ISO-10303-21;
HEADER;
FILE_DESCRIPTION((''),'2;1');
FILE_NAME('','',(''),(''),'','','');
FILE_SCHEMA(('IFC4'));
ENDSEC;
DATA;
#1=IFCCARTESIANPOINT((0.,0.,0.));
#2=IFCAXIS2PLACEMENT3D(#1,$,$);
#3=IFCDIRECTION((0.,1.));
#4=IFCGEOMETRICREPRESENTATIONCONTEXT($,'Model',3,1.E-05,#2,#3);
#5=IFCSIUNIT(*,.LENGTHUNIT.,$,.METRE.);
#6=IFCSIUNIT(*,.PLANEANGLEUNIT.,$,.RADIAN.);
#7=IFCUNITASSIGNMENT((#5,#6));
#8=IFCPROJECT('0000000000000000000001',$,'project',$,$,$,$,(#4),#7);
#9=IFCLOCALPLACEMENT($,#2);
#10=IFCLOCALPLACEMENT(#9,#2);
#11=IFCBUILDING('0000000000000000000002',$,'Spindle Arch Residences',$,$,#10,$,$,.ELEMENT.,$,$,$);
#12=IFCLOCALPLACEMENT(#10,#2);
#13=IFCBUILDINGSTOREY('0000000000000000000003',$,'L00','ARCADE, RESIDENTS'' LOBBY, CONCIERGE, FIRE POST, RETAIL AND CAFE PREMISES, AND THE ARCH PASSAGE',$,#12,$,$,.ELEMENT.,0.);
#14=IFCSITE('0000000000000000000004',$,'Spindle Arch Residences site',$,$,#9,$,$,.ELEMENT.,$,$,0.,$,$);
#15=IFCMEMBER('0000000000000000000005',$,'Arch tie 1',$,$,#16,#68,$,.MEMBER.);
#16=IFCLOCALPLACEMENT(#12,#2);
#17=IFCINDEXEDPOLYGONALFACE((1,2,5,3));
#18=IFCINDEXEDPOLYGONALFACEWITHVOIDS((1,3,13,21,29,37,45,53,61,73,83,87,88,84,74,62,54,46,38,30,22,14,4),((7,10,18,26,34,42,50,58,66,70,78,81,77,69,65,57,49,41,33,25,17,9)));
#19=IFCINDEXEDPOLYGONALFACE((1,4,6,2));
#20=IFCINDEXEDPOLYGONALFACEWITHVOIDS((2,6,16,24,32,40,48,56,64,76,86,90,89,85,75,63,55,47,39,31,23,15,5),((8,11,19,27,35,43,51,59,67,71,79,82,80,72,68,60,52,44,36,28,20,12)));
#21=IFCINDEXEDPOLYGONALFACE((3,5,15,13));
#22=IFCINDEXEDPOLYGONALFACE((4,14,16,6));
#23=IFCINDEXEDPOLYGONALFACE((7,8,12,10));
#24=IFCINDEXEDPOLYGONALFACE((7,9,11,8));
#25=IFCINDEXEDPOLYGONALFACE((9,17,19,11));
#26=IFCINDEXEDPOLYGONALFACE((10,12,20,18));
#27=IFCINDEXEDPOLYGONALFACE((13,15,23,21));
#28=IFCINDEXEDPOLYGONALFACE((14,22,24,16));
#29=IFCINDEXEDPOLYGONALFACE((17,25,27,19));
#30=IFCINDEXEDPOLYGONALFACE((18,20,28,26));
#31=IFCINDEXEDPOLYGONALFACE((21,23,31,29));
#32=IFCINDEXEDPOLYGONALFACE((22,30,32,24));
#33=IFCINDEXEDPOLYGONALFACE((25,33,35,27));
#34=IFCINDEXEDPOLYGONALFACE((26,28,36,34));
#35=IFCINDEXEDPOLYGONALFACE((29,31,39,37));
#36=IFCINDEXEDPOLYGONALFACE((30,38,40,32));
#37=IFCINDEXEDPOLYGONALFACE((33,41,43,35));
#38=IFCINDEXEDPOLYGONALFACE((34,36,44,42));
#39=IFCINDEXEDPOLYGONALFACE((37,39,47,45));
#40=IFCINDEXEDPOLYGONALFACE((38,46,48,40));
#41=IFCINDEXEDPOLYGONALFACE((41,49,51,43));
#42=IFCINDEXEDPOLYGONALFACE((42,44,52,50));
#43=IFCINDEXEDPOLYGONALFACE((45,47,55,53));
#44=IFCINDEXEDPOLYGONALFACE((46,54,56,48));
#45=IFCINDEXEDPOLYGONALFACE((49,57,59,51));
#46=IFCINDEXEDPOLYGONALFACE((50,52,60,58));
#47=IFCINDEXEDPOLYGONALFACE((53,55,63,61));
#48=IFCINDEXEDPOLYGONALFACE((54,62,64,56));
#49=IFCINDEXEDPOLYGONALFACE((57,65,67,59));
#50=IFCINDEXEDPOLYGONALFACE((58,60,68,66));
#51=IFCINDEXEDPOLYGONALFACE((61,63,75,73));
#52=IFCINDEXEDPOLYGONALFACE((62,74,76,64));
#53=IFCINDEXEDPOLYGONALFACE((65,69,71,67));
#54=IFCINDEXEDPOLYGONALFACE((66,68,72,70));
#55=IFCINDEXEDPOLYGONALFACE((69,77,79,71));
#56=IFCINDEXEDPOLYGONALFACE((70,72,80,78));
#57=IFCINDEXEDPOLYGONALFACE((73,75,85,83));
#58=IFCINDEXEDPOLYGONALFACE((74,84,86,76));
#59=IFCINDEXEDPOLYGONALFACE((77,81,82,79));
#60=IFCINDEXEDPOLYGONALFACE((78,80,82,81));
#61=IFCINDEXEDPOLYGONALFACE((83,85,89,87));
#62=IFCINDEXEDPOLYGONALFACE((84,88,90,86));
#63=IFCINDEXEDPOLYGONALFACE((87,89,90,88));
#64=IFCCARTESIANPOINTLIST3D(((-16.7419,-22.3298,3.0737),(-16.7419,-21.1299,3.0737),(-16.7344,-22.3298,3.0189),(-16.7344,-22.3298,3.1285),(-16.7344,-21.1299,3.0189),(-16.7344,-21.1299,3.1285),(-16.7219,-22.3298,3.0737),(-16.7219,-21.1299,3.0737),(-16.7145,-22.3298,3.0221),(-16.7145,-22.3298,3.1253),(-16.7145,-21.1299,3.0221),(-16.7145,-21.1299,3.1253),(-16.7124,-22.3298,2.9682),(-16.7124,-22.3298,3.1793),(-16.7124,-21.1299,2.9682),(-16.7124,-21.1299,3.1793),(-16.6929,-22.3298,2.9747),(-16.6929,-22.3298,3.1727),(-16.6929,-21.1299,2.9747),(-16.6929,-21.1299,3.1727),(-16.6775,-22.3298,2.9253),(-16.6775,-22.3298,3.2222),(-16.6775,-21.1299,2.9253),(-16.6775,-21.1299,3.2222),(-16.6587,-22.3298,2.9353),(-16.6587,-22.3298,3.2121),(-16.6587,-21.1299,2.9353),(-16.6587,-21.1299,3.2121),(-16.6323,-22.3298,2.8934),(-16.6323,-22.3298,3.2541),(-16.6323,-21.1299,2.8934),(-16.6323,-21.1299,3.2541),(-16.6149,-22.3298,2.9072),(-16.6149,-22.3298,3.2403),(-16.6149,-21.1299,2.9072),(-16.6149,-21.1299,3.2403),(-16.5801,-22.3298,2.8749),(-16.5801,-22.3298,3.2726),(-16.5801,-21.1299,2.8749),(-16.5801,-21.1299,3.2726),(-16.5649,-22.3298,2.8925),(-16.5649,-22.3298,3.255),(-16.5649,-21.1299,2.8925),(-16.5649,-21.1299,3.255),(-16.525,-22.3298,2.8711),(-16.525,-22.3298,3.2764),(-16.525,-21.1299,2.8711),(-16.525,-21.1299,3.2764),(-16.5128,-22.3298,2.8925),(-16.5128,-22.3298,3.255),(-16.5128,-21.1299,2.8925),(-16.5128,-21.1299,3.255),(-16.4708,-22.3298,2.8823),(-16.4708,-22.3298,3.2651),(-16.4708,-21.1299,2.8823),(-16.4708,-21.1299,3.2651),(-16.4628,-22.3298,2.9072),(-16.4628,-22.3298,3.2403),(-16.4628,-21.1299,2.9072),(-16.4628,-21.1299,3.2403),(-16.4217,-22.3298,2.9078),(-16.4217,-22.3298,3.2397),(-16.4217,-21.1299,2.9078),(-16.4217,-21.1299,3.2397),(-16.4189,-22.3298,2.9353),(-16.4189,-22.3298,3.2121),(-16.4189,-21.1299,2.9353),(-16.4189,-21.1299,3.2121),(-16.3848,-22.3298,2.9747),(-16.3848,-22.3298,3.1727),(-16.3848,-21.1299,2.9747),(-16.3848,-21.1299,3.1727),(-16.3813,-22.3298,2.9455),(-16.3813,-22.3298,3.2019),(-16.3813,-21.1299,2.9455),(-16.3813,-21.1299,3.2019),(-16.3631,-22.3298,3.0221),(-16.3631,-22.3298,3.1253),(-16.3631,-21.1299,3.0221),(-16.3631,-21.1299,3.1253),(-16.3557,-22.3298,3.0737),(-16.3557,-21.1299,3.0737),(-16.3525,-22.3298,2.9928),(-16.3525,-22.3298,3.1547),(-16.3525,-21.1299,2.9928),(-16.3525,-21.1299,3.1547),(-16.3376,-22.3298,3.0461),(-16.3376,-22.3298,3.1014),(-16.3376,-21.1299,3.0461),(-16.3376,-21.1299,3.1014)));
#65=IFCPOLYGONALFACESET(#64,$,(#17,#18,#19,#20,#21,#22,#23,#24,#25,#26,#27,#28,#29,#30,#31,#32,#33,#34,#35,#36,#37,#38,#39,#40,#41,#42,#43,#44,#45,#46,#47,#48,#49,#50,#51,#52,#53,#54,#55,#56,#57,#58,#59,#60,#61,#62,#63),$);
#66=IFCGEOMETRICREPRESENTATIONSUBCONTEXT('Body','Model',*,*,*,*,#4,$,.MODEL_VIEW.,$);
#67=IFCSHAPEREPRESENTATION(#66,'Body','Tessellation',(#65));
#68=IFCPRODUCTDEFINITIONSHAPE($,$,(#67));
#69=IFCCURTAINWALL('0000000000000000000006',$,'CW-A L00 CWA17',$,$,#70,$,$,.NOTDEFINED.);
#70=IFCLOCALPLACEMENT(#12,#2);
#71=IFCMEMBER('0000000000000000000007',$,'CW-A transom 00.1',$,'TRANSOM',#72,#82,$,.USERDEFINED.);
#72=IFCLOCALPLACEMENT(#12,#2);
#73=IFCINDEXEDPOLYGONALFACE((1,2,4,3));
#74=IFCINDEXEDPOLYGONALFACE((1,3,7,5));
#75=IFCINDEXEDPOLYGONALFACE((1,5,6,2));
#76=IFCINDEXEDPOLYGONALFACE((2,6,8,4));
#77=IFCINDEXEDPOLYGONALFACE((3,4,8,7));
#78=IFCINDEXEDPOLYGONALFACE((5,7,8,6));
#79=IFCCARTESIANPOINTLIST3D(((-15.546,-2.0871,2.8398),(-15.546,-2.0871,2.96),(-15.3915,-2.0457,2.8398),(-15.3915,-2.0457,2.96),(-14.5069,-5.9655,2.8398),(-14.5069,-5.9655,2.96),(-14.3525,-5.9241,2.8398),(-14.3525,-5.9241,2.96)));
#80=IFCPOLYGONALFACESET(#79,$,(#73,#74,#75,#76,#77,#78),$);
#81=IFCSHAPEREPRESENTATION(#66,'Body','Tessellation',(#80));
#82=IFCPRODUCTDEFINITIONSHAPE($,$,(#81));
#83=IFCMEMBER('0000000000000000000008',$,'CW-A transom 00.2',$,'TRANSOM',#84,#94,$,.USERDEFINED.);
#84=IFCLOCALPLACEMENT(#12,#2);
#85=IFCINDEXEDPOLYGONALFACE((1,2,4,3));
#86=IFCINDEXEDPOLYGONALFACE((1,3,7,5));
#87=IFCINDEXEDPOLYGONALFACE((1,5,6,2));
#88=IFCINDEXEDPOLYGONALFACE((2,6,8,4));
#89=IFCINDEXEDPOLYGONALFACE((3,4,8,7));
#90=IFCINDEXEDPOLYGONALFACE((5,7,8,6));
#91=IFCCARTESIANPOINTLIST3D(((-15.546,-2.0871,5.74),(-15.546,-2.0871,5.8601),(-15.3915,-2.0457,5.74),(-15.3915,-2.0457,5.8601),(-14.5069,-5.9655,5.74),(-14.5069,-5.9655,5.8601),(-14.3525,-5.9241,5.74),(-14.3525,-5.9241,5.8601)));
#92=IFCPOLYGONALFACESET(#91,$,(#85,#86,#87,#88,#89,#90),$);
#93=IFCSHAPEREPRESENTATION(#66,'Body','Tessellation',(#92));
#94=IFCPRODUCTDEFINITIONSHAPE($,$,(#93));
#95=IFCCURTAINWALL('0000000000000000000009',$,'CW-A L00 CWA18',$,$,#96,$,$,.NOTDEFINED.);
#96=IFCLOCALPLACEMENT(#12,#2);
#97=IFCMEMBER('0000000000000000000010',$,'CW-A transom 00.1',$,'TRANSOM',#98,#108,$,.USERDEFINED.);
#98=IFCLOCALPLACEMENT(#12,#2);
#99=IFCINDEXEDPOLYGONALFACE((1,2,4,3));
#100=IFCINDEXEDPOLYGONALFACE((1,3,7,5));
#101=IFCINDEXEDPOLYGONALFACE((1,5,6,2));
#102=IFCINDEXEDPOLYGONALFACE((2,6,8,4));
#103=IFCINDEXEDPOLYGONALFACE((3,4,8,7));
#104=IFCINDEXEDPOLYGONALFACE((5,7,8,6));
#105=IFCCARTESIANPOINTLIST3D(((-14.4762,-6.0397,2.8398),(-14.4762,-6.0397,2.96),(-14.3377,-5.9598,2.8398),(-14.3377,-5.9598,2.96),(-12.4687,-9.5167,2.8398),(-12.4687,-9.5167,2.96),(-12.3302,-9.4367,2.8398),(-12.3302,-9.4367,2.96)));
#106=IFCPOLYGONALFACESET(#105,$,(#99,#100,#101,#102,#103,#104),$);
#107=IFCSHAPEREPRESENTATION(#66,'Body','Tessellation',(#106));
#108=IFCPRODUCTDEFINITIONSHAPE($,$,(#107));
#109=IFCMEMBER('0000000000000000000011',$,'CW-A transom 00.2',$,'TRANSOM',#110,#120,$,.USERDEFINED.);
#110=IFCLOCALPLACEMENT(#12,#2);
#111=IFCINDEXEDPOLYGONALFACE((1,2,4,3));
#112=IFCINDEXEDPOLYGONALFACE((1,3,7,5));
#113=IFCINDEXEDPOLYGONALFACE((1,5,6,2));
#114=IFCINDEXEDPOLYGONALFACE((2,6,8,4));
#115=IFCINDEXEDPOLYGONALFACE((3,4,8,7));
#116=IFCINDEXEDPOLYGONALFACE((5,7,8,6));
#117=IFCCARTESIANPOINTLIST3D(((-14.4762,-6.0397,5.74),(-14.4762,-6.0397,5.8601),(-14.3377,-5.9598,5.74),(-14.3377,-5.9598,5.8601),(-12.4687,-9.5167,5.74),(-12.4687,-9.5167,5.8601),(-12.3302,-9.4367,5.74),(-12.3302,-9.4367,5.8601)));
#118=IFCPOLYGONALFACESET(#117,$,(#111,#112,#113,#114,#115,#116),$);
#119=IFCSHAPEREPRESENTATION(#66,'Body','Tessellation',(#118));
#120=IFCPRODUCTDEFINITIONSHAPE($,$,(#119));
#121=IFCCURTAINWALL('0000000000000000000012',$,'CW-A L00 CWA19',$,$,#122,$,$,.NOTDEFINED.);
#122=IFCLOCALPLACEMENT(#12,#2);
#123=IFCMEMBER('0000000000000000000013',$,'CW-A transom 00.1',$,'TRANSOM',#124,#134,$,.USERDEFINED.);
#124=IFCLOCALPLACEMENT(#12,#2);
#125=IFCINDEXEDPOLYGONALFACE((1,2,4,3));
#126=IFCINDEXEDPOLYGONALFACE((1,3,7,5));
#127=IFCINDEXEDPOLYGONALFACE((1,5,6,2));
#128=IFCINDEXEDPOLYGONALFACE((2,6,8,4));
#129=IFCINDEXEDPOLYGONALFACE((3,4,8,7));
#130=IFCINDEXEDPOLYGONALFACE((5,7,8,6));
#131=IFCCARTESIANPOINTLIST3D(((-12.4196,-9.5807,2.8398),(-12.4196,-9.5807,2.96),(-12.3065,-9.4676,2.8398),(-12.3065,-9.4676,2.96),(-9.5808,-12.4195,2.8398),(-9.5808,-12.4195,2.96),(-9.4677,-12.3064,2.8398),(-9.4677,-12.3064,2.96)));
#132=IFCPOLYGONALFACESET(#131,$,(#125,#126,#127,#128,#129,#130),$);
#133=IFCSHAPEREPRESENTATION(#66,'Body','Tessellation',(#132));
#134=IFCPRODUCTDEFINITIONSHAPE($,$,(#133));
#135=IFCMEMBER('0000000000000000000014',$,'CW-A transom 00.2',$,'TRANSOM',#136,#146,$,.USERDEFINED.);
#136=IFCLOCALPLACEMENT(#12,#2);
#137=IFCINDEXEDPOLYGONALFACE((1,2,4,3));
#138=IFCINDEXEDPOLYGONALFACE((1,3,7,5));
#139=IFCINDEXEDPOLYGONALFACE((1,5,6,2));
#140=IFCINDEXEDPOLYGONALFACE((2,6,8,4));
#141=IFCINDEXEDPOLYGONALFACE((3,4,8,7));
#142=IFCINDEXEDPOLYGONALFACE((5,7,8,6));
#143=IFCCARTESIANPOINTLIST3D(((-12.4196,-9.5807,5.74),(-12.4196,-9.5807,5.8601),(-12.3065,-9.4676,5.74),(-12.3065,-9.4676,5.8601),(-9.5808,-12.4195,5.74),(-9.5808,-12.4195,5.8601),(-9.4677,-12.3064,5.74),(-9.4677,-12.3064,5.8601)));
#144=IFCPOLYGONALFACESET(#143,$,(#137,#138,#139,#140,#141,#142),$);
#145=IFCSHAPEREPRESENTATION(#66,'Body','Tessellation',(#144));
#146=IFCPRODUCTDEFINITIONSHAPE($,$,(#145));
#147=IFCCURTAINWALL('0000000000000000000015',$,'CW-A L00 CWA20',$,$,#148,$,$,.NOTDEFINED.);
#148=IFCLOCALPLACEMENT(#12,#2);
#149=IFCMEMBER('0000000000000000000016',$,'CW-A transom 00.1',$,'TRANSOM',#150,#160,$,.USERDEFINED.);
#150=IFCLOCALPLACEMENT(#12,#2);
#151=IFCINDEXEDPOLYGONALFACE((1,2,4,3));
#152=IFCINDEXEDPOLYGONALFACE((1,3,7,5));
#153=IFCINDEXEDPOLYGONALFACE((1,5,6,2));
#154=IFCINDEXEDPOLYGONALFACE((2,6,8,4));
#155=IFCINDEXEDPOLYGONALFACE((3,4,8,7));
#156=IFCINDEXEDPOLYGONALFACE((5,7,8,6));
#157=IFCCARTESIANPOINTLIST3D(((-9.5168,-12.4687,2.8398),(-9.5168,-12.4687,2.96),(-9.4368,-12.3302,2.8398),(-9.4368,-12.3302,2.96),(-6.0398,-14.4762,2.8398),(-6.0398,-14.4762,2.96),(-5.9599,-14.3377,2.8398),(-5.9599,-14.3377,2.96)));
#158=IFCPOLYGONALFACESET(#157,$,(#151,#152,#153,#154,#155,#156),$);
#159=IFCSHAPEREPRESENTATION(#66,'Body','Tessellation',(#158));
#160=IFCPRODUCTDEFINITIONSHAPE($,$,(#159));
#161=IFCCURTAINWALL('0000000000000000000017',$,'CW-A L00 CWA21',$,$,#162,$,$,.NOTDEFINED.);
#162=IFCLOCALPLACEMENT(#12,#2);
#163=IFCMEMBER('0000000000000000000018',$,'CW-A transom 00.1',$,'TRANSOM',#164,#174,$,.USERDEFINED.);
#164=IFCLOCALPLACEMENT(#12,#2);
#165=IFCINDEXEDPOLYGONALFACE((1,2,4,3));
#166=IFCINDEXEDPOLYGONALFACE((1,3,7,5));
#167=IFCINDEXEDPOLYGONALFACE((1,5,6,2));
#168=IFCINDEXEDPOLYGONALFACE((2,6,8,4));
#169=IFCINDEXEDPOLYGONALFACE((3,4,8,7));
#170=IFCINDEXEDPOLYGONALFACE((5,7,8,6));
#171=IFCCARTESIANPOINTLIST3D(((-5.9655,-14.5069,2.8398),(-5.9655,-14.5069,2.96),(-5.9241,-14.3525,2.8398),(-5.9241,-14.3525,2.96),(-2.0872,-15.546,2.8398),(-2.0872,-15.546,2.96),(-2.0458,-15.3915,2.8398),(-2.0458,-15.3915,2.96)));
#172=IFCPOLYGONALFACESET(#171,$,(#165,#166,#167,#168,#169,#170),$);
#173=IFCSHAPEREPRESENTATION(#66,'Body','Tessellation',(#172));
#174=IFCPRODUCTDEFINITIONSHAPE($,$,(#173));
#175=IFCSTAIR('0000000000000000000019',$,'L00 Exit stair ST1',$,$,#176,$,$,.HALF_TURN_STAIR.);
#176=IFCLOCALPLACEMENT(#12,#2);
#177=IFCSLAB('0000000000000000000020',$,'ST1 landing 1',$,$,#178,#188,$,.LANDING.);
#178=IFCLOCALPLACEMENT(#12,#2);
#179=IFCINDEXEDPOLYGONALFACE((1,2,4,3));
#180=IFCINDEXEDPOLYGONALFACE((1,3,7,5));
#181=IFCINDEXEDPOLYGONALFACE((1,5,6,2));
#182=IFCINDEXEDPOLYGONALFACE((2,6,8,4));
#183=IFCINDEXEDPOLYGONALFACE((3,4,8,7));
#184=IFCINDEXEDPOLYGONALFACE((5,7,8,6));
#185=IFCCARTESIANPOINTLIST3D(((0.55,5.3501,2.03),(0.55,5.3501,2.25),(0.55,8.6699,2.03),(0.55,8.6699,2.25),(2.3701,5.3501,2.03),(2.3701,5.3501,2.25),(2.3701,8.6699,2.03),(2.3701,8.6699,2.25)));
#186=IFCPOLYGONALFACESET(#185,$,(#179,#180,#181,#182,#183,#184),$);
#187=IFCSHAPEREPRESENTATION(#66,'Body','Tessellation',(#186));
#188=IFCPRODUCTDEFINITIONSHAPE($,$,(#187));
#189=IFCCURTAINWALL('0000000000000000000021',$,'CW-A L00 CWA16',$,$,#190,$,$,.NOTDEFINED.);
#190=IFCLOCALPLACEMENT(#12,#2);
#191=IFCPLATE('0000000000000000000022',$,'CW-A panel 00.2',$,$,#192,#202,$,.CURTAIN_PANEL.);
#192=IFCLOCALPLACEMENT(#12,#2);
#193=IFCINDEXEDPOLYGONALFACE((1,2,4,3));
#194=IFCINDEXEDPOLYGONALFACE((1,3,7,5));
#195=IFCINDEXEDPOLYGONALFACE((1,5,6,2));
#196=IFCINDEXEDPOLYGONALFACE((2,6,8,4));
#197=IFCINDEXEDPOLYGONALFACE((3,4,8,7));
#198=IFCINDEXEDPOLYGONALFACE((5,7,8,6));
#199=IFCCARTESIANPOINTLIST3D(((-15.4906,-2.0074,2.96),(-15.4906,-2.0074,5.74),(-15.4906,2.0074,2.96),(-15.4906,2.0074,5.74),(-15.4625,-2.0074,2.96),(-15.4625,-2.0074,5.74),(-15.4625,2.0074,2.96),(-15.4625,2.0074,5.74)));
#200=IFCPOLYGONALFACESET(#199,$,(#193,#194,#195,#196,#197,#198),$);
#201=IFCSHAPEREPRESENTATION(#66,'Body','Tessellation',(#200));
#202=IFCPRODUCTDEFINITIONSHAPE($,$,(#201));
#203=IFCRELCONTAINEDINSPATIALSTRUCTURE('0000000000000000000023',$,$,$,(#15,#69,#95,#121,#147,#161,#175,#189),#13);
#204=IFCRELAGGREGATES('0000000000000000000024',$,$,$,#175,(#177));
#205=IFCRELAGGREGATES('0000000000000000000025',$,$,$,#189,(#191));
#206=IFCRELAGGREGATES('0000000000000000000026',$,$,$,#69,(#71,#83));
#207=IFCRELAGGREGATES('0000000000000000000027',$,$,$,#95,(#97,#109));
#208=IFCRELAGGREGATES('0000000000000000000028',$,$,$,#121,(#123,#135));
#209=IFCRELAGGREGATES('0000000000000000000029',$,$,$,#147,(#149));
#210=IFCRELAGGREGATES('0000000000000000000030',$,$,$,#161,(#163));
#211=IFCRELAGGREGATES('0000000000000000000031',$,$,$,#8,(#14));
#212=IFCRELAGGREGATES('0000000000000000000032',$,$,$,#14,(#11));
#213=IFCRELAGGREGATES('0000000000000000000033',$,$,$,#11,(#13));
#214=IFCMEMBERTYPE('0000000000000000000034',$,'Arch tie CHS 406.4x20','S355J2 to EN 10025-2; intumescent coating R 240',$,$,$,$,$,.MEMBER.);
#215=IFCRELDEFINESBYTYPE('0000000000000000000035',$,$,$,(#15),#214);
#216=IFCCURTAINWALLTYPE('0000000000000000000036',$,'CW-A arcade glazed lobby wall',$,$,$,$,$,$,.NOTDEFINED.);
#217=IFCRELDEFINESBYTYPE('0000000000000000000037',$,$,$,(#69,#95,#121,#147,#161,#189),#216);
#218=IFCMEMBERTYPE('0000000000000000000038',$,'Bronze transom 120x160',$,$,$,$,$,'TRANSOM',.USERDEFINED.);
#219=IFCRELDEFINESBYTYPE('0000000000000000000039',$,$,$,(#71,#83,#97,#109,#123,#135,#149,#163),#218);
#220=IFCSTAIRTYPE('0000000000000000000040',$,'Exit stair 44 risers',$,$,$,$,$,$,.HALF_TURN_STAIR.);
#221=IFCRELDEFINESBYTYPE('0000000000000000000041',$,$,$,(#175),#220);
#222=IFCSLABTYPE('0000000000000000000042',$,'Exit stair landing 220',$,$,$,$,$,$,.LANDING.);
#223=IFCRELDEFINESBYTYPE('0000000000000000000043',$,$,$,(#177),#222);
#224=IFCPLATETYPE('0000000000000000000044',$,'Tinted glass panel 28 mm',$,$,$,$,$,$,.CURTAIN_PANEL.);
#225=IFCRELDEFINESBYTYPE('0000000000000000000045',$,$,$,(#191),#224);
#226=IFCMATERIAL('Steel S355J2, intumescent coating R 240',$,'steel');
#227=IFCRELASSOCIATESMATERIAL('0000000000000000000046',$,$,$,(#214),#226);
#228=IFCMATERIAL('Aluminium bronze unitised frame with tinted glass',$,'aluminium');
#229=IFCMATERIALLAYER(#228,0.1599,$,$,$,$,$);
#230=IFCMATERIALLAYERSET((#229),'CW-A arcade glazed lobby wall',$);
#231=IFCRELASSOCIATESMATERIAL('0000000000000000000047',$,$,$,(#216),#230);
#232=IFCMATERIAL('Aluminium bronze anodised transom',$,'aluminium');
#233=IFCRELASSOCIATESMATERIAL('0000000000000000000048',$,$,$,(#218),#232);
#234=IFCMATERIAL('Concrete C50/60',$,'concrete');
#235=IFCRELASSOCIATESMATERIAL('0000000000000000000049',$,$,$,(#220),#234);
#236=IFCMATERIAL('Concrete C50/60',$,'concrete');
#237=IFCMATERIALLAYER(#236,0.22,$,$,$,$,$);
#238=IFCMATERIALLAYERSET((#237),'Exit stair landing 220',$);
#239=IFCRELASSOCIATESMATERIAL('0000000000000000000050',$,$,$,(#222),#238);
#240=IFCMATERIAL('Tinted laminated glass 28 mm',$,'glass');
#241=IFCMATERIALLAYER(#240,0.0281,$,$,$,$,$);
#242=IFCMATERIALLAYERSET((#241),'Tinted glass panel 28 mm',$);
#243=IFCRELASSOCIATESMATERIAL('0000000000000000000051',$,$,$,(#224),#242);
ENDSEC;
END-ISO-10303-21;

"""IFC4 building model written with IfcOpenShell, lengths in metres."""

from ifc_helpers import new_model, si_unit, direction, frame, origin, origin_2d, place, context, subcontext, project, spatial, polyline, rectangle, hollow_circle, outline, extrude, material, layer, layer_set, material_profile, profile_set, type_object, element, aggregate, save


model = new_model("IFC4")

# Units and contexts
model_context = context("Model", 3, precision=1e-05, world=origin(), true_north=direction((0.0, 1.0)))
body_context = subcontext(model_context, "Body", "Model", "MODEL_VIEW")
ifc_project = project(units=[si_unit("LENGTHUNIT", "METRE"), si_unit("PLANEANGLEUNIT", "RADIAN")], contexts=[model_context])

# Site, building, storey
site_placement = place(None, origin())
site = spatial("IfcSite", under=ifc_project, at=site_placement, Name="Spindle Arch Residences site", CompositionType="ELEMENT", RefElevation=0.0)
building_placement = place(site_placement, origin())
building = spatial("IfcBuilding", under=site, at=building_placement, Name="Spindle Arch Residences", CompositionType="ELEMENT")
storey_placement = place(building_placement, origin())
storey = spatial("IfcBuildingStorey", under=building, at=storey_placement, Name="L00", Description="ARCADE, RESIDENTS' LOBBY, CONCIERGE, FIRE POST, RETAIL AND CAFE PREMISES, AND THE ARCH PASSAGE", CompositionType="ELEMENT", Elevation=0.0)

# Member
ifc_material_1 = material(Name="Steel S355J2, intumescent coating R 240", Category="steel")
ifc_material_profile_1 = material_profile(ifc_material_1, hollow_circle(Radius=0.2031, WallThickness=0.02, at=origin_2d()), Name="CHS 406.4x20")
ifc_profile_set_1 = profile_set([ifc_material_profile_1], Name="Steel S355J2, intumescent coating R 240")
member_type_1 = type_object("IfcMemberType", Name="Arch tie CHS 406.4x20", Description="S355J2 to EN 10025-2; intumescent coating R 240", PredefinedType="MEMBER", material=ifc_profile_set_1)
member_1_placement = place(storey_placement, frame((-16.5388, -22.3298, 3.0737), z_axis=(0.0, 1.0, 0.0), x_axis=(-1.0, 0.0, 0.0)))
element("IfcMember", 1, at=member_1_placement, inside=storey, type_object=member_type_1, Name="Arch tie 1", PredefinedType="MEMBER", context=body_context, shape_type="SweptSolid", body=[
    extrude(hollow_circle(Radius=0.2031, WallThickness=0.02, at=origin_2d()), origin(), (0.0, 0.0, 1.0), 1.2),
])

# Curtain walls, members
ifc_material_2 = material(Name="Aluminium bronze unitised frame with tinted glass", Category="aluminium")
ifc_layer_1 = layer(ifc_material_2, 0.1599)
ifc_layer_set_1 = layer_set([ifc_layer_1], Name="CW-A arcade glazed lobby wall")
curtain_wall_type = type_object("IfcCurtainWallType", Name="CW-A arcade glazed lobby wall", PredefinedType="NOTDEFINED", material=ifc_layer_set_1)
curtain_wall_1_placement = place(storey_placement, origin())
curtain_wall_1 = element("IfcCurtainWall", 2, at=curtain_wall_1_placement, inside=storey, type_object=curtain_wall_type, Name="CW-A L00 CWA17", PredefinedType="NOTDEFINED")
ifc_material_3 = material(Name="Aluminium bronze anodised transom", Category="aluminium")
ifc_material_profile_2 = material_profile(ifc_material_3, rectangle(XDim=0.1599, YDim=0.1201, at=origin_2d()), Name="TR 120x160")
ifc_profile_set_2 = profile_set([ifc_material_profile_2], Name="Aluminium bronze anodised transom")
member_type_2 = type_object("IfcMemberType", Name="Bronze transom 120x160", ElementType="TRANSOM", PredefinedType="USERDEFINED", material=ifc_profile_set_2)
member_2_placement = place(storey_placement, frame((-15.4688, -2.0664, 2.8999), z_axis=(0.258783, -0.965936, 0.0), x_axis=(0.965936, 0.258783, 0.0)))
member_2 = element("IfcMember", 3, at=member_2_placement, type_object=member_type_2, Name="CW-A transom 00.1", ObjectType="TRANSOM", PredefinedType="USERDEFINED", context=body_context, shape_type="SweptSolid", body=[
    extrude(rectangle(XDim=0.1599, YDim=0.1201, at=origin_2d()), origin(), (0.0, 0.0, 1.0), 4.0151),
])
member_3_placement = place(storey_placement, frame((-15.4688, -2.0664, 5.8), z_axis=(0.258783, -0.965936, 0.0), x_axis=(0.965936, 0.258783, 0.0)))
member_3 = element("IfcMember", 4, at=member_3_placement, type_object=member_type_2, Name="CW-A transom 00.2", ObjectType="TRANSOM", PredefinedType="USERDEFINED", context=body_context, shape_type="SweptSolid", body=[
    extrude(rectangle(XDim=0.1599, YDim=0.1201, at=origin_2d()), origin(), (0.0, 0.0, 1.0), 4.0151),
])
curtain_wall_2_placement = place(storey_placement, origin())
curtain_wall_2 = element("IfcCurtainWall", 5, at=curtain_wall_2_placement, inside=storey, type_object=curtain_wall_type, Name="CW-A L00 CWA18", PredefinedType="NOTDEFINED")
member_4_placement = place(storey_placement, frame((-14.407, -5.9998, 2.8999), z_axis=(0.500017, -0.866015, 0.0), x_axis=(0.866015, 0.500017, 0.0)))
member_4 = element("IfcMember", 6, at=member_4_placement, type_object=member_type_2, Name="CW-A transom 00.1", ObjectType="TRANSOM", PredefinedType="USERDEFINED", context=body_context, shape_type="SweptSolid", body=[
    extrude(rectangle(XDim=0.1599, YDim=0.1201, at=origin_2d()), origin(), (0.0, 0.0, 1.0), 4.0149),
])
member_5_placement = place(storey_placement, frame((-14.407, -5.9998, 5.8), z_axis=(0.500017, -0.866015, 0.0), x_axis=(0.866015, 0.500017, 0.0)))
member_5 = element("IfcMember", 7, at=member_5_placement, type_object=member_type_2, Name="CW-A transom 00.2", ObjectType="TRANSOM", PredefinedType="USERDEFINED", context=body_context, shape_type="SweptSolid", body=[
    extrude(rectangle(XDim=0.1599, YDim=0.1201, at=origin_2d()), origin(), (0.0, 0.0, 1.0), 4.0149),
])
curtain_wall_3_placement = place(storey_placement, origin())
curtain_wall_3 = element("IfcCurtainWall", 8, at=curtain_wall_3_placement, inside=storey, type_object=curtain_wall_type, Name="CW-A L00 CWA19", PredefinedType="NOTDEFINED")
member_6_placement = place(storey_placement, frame((-12.363, -9.5242, 2.8999), z_axis=(0.707107, -0.707107, 0.0), x_axis=(0.707107, 0.707107, 0.0)))
member_6 = element("IfcMember", 9, at=member_6_placement, type_object=member_type_2, Name="CW-A transom 00.1", ObjectType="TRANSOM", PredefinedType="USERDEFINED", context=body_context, shape_type="SweptSolid", body=[
    extrude(rectangle(XDim=0.1599, YDim=0.1201, at=origin_2d()), origin(), (0.0, 0.0, 1.0), 4.0146),
])
member_7_placement = place(storey_placement, frame((-12.363, -9.5242, 5.8), z_axis=(0.707107, -0.707107, 0.0), x_axis=(0.707107, 0.707107, 0.0)))
member_7 = element("IfcMember", 10, at=member_7_placement, type_object=member_type_2, Name="CW-A transom 00.2", ObjectType="TRANSOM", PredefinedType="USERDEFINED", context=body_context, shape_type="SweptSolid", body=[
    extrude(rectangle(XDim=0.1599, YDim=0.1201, at=origin_2d()), origin(), (0.0, 0.0, 1.0), 4.0146),
])

# Curtain walls, members
curtain_wall_4_placement = place(storey_placement, origin())
curtain_wall_4 = element("IfcCurtainWall", 11, at=curtain_wall_4_placement, inside=storey, type_object=curtain_wall_type, Name="CW-A L00 CWA20", PredefinedType="NOTDEFINED")
member_8_placement = place(storey_placement, frame((-9.4768, -12.3994, 2.8999), z_axis=(0.866015, -0.500017, 0.0), x_axis=(0.500017, 0.866015, 0.0)))
member_8 = element("IfcMember", 12, at=member_8_placement, type_object=member_type_2, Name="CW-A transom 00.1", ObjectType="TRANSOM", PredefinedType="USERDEFINED", context=body_context, shape_type="SweptSolid", body=[
    extrude(rectangle(XDim=0.1599, YDim=0.1201, at=origin_2d()), origin(), (0.0, 0.0, 1.0), 4.0149),
])
curtain_wall_5_placement = place(storey_placement, origin())
curtain_wall_5 = element("IfcCurtainWall", 13, at=curtain_wall_5_placement, inside=storey, type_object=curtain_wall_type, Name="CW-A L00 CWA21", PredefinedType="NOTDEFINED")
member_9_placement = place(storey_placement, frame((-5.9448, -14.4297, 2.8999), z_axis=(0.965936, -0.258783, 0.0), x_axis=(0.258783, 0.965936, 0.0)))
member_9 = element("IfcMember", 14, at=member_9_placement, type_object=member_type_2, Name="CW-A transom 00.1", ObjectType="TRANSOM", PredefinedType="USERDEFINED", context=body_context, shape_type="SweptSolid", body=[
    extrude(rectangle(XDim=0.1599, YDim=0.1201, at=origin_2d()), origin(), (0.0, 0.0, 1.0), 4.0151),
])

# Stair, slab
ifc_material_4 = material(Name="Concrete C50/60", Category="concrete")
stair_type = type_object("IfcStairType", Name="Exit stair 44 risers", PredefinedType="HALF_TURN_STAIR", material=ifc_material_4)
stair_1_placement = place(storey_placement, origin())
stair_1 = element("IfcStair", 15, at=stair_1_placement, inside=storey, type_object=stair_type, Name="L00 Exit stair ST1", PredefinedType="HALF_TURN_STAIR")
ifc_material_5 = material(Name="Concrete C50/60", Category="concrete")
ifc_layer_2 = layer(ifc_material_5, 0.22)
ifc_layer_set_2 = layer_set([ifc_layer_2], Name="Exit stair landing 220")
slab_type = type_object("IfcSlabType", Name="Exit stair landing 220", PredefinedType="LANDING", material=ifc_layer_set_2)
slab_placement = place(storey_placement, frame((0.0, 0.0, 2.03)))
slab = element("IfcSlab", 16, at=slab_placement, type_object=slab_type, Name="ST1 landing 1", PredefinedType="LANDING", context=body_context, shape_type="SweptSolid", body=[
    extrude(outline(polyline([(2.3701, 8.6699), (0.55, 8.6699), (0.55, 5.3501), (2.3701, 5.3501), (2.3701, 8.6699)])), origin(), (0.0, 0.0, 1.0), 0.22),
])
aggregate(stair_1, [slab])

# Curtain wall, plate
curtain_wall_6_placement = place(storey_placement, origin())
curtain_wall_6 = element("IfcCurtainWall", 17, at=curtain_wall_6_placement, inside=storey, type_object=curtain_wall_type, Name="CW-A L00 CWA16", PredefinedType="NOTDEFINED")
ifc_material_6 = material(Name="Tinted laminated glass 28 mm", Category="glass")
ifc_layer_3 = layer(ifc_material_6, 0.0281)
ifc_layer_set_3 = layer_set([ifc_layer_3], Name="Tinted glass panel 28 mm")
plate_type = type_object("IfcPlateType", Name="Tinted glass panel 28 mm", PredefinedType="CURTAIN_PANEL", material=ifc_layer_set_3)
plate_1_placement = place(storey_placement, frame((-15.4766, 0.0, 2.96), z_axis=(0.0, 0.0, 1.0), x_axis=(0.0, -1.0, 0.0)))
plate_1 = element("IfcPlate", 18, at=plate_1_placement, type_object=plate_type, Name="CW-A panel 00.2", PredefinedType="CURTAIN_PANEL", context=body_context, shape_type="SweptSolid", body=[
    extrude(rectangle(XDim=4.0149, YDim=0.0281, at=origin_2d()), origin(), (0.0, 0.0, 1.0), 2.78),
])
aggregate(curtain_wall_6, [plate_1])

aggregate(curtain_wall_1, [member_2, member_3])
aggregate(curtain_wall_2, [member_4, member_5])
aggregate(curtain_wall_3, [member_6, member_7])
aggregate(curtain_wall_4, [member_8])
aggregate(curtain_wall_5, [member_9])

save(model, "model.ifc")
